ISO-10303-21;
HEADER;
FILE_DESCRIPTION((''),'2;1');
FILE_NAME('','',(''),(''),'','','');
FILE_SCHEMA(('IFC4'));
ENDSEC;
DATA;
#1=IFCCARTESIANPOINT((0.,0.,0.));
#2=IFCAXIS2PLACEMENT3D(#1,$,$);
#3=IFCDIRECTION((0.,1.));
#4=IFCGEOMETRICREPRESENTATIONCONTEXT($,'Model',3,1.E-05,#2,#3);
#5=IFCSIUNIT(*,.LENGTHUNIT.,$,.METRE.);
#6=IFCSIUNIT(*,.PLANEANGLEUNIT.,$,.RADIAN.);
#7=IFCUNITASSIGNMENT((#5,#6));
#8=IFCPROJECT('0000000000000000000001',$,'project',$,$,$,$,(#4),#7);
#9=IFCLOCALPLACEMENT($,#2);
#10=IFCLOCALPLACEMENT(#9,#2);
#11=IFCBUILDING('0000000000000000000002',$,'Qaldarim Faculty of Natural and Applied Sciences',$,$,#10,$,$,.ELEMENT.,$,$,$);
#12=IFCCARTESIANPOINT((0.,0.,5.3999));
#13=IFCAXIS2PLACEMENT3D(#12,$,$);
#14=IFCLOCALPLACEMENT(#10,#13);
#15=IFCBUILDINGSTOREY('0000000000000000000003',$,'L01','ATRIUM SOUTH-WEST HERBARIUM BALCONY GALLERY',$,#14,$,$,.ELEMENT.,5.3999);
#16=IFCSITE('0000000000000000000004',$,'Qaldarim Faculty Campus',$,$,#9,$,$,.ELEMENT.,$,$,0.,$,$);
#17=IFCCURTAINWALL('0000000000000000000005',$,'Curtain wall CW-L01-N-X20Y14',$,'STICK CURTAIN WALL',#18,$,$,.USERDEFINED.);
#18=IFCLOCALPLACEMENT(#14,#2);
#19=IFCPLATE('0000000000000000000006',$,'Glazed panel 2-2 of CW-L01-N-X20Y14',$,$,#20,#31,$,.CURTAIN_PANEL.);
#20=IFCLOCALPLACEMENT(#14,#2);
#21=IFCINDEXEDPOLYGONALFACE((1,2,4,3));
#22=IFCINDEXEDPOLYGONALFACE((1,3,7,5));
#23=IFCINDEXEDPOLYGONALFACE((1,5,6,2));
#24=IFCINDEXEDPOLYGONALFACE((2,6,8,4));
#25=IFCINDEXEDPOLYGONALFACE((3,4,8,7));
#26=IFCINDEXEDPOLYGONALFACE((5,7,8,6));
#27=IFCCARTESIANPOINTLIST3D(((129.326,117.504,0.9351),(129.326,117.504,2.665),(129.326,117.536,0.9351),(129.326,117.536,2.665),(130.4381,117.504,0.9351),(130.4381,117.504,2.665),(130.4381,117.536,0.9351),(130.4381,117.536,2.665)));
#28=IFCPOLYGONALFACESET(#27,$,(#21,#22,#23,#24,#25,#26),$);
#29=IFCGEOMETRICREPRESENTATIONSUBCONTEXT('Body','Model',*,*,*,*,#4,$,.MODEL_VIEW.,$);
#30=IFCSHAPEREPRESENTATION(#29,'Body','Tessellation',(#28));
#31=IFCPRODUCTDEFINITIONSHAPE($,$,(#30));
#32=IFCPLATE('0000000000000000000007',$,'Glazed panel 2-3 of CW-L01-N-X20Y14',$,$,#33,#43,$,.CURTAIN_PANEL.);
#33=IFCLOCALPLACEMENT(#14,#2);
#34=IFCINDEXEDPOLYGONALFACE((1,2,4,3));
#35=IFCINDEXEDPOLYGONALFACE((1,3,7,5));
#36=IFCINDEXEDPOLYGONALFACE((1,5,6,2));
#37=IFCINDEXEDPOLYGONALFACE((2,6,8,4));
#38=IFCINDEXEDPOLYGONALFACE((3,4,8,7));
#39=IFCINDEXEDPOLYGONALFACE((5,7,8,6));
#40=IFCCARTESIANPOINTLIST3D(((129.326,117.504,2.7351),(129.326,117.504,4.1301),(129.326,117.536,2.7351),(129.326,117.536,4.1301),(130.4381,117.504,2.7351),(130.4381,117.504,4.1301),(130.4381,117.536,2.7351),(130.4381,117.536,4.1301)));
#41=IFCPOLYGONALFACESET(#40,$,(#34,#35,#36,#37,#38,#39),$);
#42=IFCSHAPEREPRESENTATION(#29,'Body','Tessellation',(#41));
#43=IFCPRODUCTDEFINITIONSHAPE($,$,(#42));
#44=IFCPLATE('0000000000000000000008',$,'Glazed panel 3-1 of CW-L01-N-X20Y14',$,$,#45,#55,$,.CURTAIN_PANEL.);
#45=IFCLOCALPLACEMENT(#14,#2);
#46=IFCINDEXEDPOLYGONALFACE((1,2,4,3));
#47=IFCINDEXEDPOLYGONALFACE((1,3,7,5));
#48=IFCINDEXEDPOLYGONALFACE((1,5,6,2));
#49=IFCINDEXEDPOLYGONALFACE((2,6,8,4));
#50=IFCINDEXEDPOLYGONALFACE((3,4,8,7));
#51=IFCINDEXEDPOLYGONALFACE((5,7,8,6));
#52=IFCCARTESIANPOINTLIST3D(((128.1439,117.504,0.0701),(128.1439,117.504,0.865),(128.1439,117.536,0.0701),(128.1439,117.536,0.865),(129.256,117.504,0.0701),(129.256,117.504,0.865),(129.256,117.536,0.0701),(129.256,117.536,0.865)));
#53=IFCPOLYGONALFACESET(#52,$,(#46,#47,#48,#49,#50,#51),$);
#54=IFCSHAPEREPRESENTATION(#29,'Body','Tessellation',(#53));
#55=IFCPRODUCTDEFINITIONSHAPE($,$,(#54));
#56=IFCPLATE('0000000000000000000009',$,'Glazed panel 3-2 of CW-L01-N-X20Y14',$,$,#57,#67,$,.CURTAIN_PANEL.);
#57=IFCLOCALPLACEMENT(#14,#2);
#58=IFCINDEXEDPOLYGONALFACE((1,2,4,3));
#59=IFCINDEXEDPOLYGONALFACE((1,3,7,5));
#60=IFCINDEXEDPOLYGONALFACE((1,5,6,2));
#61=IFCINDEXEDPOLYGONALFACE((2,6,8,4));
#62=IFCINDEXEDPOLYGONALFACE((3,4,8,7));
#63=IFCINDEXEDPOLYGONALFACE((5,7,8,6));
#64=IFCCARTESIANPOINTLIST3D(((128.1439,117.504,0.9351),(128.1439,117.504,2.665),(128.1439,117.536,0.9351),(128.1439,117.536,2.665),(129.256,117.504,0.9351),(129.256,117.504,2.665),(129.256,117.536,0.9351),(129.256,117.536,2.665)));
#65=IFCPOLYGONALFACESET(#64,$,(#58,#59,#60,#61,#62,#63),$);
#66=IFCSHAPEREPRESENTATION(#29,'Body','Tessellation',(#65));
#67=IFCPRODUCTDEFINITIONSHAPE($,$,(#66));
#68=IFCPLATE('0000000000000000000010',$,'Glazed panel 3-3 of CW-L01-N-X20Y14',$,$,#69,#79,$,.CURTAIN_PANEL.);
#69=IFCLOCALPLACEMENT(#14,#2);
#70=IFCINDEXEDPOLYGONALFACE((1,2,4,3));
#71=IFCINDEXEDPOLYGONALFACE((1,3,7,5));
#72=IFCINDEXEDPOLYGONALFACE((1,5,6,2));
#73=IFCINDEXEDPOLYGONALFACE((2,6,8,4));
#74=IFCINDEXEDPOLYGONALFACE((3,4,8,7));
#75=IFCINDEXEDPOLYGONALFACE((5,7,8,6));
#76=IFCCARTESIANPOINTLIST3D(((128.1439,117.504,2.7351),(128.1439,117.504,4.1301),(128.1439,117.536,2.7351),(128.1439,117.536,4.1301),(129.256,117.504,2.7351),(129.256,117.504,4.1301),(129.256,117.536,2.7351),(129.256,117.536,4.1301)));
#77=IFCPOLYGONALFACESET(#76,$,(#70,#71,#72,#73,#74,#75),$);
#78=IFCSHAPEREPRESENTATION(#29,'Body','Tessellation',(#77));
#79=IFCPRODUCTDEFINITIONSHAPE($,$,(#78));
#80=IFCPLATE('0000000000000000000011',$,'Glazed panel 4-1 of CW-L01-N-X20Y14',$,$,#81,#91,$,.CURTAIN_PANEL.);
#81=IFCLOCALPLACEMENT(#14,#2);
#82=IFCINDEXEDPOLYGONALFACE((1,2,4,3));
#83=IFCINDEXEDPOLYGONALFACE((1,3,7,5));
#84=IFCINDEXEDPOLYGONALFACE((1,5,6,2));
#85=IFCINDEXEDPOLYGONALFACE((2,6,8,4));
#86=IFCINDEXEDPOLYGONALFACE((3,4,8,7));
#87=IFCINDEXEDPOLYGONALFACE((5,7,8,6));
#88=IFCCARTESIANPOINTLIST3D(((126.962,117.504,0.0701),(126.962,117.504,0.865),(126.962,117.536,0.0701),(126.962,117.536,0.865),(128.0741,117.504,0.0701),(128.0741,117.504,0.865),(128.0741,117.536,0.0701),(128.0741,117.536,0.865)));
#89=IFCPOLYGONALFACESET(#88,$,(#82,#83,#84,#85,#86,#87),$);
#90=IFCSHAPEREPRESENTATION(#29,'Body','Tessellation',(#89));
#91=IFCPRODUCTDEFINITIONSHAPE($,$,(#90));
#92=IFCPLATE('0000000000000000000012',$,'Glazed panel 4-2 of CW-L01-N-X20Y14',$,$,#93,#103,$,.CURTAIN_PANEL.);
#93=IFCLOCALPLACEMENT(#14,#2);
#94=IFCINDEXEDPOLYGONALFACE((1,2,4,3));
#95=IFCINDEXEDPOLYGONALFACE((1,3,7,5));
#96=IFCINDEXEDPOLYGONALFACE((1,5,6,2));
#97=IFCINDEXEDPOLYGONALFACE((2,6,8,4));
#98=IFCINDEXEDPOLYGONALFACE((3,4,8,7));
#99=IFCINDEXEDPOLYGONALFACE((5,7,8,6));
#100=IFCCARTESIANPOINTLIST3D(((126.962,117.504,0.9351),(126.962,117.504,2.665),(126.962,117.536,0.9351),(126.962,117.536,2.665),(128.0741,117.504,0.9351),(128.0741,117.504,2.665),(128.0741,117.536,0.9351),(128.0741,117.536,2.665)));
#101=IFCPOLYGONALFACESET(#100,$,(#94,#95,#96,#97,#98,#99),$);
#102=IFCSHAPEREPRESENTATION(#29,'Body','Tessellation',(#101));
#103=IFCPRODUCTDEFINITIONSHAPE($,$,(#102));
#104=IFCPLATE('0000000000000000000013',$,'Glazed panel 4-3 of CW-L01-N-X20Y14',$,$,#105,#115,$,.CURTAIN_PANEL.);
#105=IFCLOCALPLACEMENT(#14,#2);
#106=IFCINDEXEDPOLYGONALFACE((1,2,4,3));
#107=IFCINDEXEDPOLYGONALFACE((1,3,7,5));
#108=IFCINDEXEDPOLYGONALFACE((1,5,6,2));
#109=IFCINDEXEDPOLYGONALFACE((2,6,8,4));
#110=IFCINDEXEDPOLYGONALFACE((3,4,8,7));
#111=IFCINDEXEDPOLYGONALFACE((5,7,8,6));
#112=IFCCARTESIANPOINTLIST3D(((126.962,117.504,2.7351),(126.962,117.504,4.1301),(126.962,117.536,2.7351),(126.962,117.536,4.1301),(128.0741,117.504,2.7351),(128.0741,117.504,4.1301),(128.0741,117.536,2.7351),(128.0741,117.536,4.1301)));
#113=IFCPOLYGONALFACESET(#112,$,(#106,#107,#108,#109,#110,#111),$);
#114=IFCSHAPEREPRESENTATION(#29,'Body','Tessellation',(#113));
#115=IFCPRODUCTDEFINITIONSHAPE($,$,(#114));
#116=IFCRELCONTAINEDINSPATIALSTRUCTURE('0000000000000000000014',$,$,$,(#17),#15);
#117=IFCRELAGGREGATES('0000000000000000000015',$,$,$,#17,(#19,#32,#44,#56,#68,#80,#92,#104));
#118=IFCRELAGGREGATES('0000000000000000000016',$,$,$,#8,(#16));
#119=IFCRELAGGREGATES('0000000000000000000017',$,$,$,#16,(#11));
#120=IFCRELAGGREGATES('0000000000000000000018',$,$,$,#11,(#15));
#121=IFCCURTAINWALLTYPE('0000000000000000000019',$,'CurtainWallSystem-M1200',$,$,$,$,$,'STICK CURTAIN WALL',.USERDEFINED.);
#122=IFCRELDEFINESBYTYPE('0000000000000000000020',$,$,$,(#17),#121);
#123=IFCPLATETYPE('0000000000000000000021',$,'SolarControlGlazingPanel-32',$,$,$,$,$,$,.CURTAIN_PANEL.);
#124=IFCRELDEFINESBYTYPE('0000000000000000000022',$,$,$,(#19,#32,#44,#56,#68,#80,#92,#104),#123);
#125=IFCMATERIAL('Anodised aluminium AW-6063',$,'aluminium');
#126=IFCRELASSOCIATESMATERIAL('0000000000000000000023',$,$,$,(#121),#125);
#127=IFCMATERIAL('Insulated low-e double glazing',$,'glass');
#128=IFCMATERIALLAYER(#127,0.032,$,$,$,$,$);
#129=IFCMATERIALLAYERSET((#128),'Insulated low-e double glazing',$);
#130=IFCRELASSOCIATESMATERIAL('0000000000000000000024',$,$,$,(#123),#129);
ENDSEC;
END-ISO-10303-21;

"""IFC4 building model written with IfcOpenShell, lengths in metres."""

from ifc_helpers import new_model, si_unit, direction, frame, origin, origin_2d, place, context, subcontext, project, spatial, rectangle, extrude, material, layer, layer_set, type_object, element, aggregate, save


model = new_model("IFC4")

# Units and contexts
model_context = context("Model", 3, precision=1e-05, world=origin(), true_north=direction((0.0, 1.0)))
body_context = subcontext(model_context, "Body", "Model", "MODEL_VIEW")
ifc_project = project(units=[si_unit("LENGTHUNIT", "METRE"), si_unit("PLANEANGLEUNIT", "RADIAN")], contexts=[model_context])

# Site, building, storey
site_placement = place(None, origin())
site = spatial("IfcSite", under=ifc_project, at=site_placement, Name="Qaldarim Faculty Campus", CompositionType="ELEMENT", RefElevation=0.0)
building_placement = place(site_placement, origin())
building = spatial("IfcBuilding", under=site, at=building_placement, Name="Qaldarim Faculty of Natural and Applied Sciences", CompositionType="ELEMENT")
storey_placement = place(building_placement, frame((0.0, 0.0, 5.3999)))
storey = spatial("IfcBuildingStorey", under=building, at=storey_placement, Name="L01", Description="ATRIUM SOUTH-WEST HERBARIUM BALCONY GALLERY", CompositionType="ELEMENT", Elevation=5.3999)

# Curtain wall, plates
ifc_material_1 = material(Name="Anodised aluminium AW-6063", Category="aluminium")
curtain_wall_type = type_object("IfcCurtainWallType", Name="CurtainWallSystem-M1200", ElementType="STICK CURTAIN WALL", PredefinedType="USERDEFINED", material=ifc_material_1)
curtain_wall_placement = place(storey_placement, origin())
curtain_wall = element("IfcCurtainWall", 1, at=curtain_wall_placement, inside=storey, type_object=curtain_wall_type, Name="Curtain wall CW-L01-N-X20Y14", ObjectType="STICK CURTAIN WALL", PredefinedType="USERDEFINED")
ifc_material_2 = material(Name="Insulated low-e double glazing", Category="glass")
ifc_layer = layer(ifc_material_2, 0.032)
ifc_layer_set = layer_set([ifc_layer], Name="Insulated low-e double glazing")
plate_type = type_object("IfcPlateType", Name="SolarControlGlazingPanel-32", PredefinedType="CURTAIN_PANEL", material=ifc_layer_set)
plate_1_placement = place(storey_placement, frame((129.8821, 117.52, 0.9351), z_axis=(0.0, 0.0, 1.0), x_axis=(-1.0, 0.0, 0.0)))
plate_1 = element("IfcPlate", 2, at=plate_1_placement, type_object=plate_type, Name="Glazed panel 2-2 of CW-L01-N-X20Y14", PredefinedType="CURTAIN_PANEL", context=body_context, shape_type="SweptSolid", body=[
    extrude(rectangle(XDim=1.1121, YDim=0.032, at=origin_2d()), origin(), (0.0, 0.0, 1.0), 1.73),
])
plate_2_placement = place(storey_placement, frame((129.8821, 117.52, 2.7351), z_axis=(0.0, 0.0, 1.0), x_axis=(-1.0, 0.0, 0.0)))
plate_2 = element("IfcPlate", 3, at=plate_2_placement, type_object=plate_type, Name="Glazed panel 2-3 of CW-L01-N-X20Y14", PredefinedType="CURTAIN_PANEL", context=body_context, shape_type="SweptSolid", body=[
    extrude(rectangle(XDim=1.1121, YDim=0.032, at=origin_2d()), origin(), (0.0, 0.0, 1.0), 1.395),
])
plate_3_placement = place(storey_placement, frame((128.7, 117.52, 0.0701), z_axis=(0.0, 0.0, 1.0), x_axis=(-1.0, 0.0, 0.0)))
plate_3 = element("IfcPlate", 4, at=plate_3_placement, type_object=plate_type, Name="Glazed panel 3-1 of CW-L01-N-X20Y14", PredefinedType="CURTAIN_PANEL", context=body_context, shape_type="SweptSolid", body=[
    extrude(rectangle(XDim=1.1121, YDim=0.032, at=origin_2d()), origin(), (0.0, 0.0, 1.0), 0.7949),
])
plate_4_placement = place(storey_placement, frame((128.7, 117.52, 0.9351), z_axis=(0.0, 0.0, 1.0), x_axis=(-1.0, 0.0, 0.0)))
plate_4 = element("IfcPlate", 5, at=plate_4_placement, type_object=plate_type, Name="Glazed panel 3-2 of CW-L01-N-X20Y14", PredefinedType="CURTAIN_PANEL", context=body_context, shape_type="SweptSolid", body=[
    extrude(rectangle(XDim=1.1121, YDim=0.032, at=origin_2d()), origin(), (0.0, 0.0, 1.0), 1.73),
])
plate_5_placement = place(storey_placement, frame((128.7, 117.52, 2.7351), z_axis=(0.0, 0.0, 1.0), x_axis=(-1.0, 0.0, 0.0)))
plate_5 = element("IfcPlate", 6, at=plate_5_placement, type_object=plate_type, Name="Glazed panel 3-3 of CW-L01-N-X20Y14", PredefinedType="CURTAIN_PANEL", context=body_context, shape_type="SweptSolid", body=[
    extrude(rectangle(XDim=1.1121, YDim=0.032, at=origin_2d()), origin(), (0.0, 0.0, 1.0), 1.395),
])
plate_6_placement = place(storey_placement, frame((127.5181, 117.52, 0.0701), z_axis=(0.0, 0.0, 1.0), x_axis=(-1.0, 0.0, 0.0)))
plate_6 = element("IfcPlate", 7, at=plate_6_placement, type_object=plate_type, Name="Glazed panel 4-1 of CW-L01-N-X20Y14", PredefinedType="CURTAIN_PANEL", context=body_context, shape_type="SweptSolid", body=[
    extrude(rectangle(XDim=1.1121, YDim=0.032, at=origin_2d()), origin(), (0.0, 0.0, 1.0), 0.7949),
])
plate_7_placement = place(storey_placement, frame((127.5181, 117.52, 0.9351), z_axis=(0.0, 0.0, 1.0), x_axis=(-1.0, 0.0, 0.0)))
plate_7 = element("IfcPlate", 8, at=plate_7_placement, type_object=plate_type, Name="Glazed panel 4-2 of CW-L01-N-X20Y14", PredefinedType="CURTAIN_PANEL", context=body_context, shape_type="SweptSolid", body=[
    extrude(rectangle(XDim=1.1121, YDim=0.032, at=origin_2d()), origin(), (0.0, 0.0, 1.0), 1.73),
])
plate_8_placement = place(storey_placement, frame((127.5181, 117.52, 2.7351), z_axis=(0.0, 0.0, 1.0), x_axis=(-1.0, 0.0, 0.0)))
plate_8 = element("IfcPlate", 9, at=plate_8_placement, type_object=plate_type, Name="Glazed panel 4-3 of CW-L01-N-X20Y14", PredefinedType="CURTAIN_PANEL", context=body_context, shape_type="SweptSolid", body=[
    extrude(rectangle(XDim=1.1121, YDim=0.032, at=origin_2d()), origin(), (0.0, 0.0, 1.0), 1.395),
])
aggregate(curtain_wall, [plate_1, plate_2, plate_3, plate_4, plate_5, plate_6, plate_7, plate_8])

save(model, "model.ifc")
